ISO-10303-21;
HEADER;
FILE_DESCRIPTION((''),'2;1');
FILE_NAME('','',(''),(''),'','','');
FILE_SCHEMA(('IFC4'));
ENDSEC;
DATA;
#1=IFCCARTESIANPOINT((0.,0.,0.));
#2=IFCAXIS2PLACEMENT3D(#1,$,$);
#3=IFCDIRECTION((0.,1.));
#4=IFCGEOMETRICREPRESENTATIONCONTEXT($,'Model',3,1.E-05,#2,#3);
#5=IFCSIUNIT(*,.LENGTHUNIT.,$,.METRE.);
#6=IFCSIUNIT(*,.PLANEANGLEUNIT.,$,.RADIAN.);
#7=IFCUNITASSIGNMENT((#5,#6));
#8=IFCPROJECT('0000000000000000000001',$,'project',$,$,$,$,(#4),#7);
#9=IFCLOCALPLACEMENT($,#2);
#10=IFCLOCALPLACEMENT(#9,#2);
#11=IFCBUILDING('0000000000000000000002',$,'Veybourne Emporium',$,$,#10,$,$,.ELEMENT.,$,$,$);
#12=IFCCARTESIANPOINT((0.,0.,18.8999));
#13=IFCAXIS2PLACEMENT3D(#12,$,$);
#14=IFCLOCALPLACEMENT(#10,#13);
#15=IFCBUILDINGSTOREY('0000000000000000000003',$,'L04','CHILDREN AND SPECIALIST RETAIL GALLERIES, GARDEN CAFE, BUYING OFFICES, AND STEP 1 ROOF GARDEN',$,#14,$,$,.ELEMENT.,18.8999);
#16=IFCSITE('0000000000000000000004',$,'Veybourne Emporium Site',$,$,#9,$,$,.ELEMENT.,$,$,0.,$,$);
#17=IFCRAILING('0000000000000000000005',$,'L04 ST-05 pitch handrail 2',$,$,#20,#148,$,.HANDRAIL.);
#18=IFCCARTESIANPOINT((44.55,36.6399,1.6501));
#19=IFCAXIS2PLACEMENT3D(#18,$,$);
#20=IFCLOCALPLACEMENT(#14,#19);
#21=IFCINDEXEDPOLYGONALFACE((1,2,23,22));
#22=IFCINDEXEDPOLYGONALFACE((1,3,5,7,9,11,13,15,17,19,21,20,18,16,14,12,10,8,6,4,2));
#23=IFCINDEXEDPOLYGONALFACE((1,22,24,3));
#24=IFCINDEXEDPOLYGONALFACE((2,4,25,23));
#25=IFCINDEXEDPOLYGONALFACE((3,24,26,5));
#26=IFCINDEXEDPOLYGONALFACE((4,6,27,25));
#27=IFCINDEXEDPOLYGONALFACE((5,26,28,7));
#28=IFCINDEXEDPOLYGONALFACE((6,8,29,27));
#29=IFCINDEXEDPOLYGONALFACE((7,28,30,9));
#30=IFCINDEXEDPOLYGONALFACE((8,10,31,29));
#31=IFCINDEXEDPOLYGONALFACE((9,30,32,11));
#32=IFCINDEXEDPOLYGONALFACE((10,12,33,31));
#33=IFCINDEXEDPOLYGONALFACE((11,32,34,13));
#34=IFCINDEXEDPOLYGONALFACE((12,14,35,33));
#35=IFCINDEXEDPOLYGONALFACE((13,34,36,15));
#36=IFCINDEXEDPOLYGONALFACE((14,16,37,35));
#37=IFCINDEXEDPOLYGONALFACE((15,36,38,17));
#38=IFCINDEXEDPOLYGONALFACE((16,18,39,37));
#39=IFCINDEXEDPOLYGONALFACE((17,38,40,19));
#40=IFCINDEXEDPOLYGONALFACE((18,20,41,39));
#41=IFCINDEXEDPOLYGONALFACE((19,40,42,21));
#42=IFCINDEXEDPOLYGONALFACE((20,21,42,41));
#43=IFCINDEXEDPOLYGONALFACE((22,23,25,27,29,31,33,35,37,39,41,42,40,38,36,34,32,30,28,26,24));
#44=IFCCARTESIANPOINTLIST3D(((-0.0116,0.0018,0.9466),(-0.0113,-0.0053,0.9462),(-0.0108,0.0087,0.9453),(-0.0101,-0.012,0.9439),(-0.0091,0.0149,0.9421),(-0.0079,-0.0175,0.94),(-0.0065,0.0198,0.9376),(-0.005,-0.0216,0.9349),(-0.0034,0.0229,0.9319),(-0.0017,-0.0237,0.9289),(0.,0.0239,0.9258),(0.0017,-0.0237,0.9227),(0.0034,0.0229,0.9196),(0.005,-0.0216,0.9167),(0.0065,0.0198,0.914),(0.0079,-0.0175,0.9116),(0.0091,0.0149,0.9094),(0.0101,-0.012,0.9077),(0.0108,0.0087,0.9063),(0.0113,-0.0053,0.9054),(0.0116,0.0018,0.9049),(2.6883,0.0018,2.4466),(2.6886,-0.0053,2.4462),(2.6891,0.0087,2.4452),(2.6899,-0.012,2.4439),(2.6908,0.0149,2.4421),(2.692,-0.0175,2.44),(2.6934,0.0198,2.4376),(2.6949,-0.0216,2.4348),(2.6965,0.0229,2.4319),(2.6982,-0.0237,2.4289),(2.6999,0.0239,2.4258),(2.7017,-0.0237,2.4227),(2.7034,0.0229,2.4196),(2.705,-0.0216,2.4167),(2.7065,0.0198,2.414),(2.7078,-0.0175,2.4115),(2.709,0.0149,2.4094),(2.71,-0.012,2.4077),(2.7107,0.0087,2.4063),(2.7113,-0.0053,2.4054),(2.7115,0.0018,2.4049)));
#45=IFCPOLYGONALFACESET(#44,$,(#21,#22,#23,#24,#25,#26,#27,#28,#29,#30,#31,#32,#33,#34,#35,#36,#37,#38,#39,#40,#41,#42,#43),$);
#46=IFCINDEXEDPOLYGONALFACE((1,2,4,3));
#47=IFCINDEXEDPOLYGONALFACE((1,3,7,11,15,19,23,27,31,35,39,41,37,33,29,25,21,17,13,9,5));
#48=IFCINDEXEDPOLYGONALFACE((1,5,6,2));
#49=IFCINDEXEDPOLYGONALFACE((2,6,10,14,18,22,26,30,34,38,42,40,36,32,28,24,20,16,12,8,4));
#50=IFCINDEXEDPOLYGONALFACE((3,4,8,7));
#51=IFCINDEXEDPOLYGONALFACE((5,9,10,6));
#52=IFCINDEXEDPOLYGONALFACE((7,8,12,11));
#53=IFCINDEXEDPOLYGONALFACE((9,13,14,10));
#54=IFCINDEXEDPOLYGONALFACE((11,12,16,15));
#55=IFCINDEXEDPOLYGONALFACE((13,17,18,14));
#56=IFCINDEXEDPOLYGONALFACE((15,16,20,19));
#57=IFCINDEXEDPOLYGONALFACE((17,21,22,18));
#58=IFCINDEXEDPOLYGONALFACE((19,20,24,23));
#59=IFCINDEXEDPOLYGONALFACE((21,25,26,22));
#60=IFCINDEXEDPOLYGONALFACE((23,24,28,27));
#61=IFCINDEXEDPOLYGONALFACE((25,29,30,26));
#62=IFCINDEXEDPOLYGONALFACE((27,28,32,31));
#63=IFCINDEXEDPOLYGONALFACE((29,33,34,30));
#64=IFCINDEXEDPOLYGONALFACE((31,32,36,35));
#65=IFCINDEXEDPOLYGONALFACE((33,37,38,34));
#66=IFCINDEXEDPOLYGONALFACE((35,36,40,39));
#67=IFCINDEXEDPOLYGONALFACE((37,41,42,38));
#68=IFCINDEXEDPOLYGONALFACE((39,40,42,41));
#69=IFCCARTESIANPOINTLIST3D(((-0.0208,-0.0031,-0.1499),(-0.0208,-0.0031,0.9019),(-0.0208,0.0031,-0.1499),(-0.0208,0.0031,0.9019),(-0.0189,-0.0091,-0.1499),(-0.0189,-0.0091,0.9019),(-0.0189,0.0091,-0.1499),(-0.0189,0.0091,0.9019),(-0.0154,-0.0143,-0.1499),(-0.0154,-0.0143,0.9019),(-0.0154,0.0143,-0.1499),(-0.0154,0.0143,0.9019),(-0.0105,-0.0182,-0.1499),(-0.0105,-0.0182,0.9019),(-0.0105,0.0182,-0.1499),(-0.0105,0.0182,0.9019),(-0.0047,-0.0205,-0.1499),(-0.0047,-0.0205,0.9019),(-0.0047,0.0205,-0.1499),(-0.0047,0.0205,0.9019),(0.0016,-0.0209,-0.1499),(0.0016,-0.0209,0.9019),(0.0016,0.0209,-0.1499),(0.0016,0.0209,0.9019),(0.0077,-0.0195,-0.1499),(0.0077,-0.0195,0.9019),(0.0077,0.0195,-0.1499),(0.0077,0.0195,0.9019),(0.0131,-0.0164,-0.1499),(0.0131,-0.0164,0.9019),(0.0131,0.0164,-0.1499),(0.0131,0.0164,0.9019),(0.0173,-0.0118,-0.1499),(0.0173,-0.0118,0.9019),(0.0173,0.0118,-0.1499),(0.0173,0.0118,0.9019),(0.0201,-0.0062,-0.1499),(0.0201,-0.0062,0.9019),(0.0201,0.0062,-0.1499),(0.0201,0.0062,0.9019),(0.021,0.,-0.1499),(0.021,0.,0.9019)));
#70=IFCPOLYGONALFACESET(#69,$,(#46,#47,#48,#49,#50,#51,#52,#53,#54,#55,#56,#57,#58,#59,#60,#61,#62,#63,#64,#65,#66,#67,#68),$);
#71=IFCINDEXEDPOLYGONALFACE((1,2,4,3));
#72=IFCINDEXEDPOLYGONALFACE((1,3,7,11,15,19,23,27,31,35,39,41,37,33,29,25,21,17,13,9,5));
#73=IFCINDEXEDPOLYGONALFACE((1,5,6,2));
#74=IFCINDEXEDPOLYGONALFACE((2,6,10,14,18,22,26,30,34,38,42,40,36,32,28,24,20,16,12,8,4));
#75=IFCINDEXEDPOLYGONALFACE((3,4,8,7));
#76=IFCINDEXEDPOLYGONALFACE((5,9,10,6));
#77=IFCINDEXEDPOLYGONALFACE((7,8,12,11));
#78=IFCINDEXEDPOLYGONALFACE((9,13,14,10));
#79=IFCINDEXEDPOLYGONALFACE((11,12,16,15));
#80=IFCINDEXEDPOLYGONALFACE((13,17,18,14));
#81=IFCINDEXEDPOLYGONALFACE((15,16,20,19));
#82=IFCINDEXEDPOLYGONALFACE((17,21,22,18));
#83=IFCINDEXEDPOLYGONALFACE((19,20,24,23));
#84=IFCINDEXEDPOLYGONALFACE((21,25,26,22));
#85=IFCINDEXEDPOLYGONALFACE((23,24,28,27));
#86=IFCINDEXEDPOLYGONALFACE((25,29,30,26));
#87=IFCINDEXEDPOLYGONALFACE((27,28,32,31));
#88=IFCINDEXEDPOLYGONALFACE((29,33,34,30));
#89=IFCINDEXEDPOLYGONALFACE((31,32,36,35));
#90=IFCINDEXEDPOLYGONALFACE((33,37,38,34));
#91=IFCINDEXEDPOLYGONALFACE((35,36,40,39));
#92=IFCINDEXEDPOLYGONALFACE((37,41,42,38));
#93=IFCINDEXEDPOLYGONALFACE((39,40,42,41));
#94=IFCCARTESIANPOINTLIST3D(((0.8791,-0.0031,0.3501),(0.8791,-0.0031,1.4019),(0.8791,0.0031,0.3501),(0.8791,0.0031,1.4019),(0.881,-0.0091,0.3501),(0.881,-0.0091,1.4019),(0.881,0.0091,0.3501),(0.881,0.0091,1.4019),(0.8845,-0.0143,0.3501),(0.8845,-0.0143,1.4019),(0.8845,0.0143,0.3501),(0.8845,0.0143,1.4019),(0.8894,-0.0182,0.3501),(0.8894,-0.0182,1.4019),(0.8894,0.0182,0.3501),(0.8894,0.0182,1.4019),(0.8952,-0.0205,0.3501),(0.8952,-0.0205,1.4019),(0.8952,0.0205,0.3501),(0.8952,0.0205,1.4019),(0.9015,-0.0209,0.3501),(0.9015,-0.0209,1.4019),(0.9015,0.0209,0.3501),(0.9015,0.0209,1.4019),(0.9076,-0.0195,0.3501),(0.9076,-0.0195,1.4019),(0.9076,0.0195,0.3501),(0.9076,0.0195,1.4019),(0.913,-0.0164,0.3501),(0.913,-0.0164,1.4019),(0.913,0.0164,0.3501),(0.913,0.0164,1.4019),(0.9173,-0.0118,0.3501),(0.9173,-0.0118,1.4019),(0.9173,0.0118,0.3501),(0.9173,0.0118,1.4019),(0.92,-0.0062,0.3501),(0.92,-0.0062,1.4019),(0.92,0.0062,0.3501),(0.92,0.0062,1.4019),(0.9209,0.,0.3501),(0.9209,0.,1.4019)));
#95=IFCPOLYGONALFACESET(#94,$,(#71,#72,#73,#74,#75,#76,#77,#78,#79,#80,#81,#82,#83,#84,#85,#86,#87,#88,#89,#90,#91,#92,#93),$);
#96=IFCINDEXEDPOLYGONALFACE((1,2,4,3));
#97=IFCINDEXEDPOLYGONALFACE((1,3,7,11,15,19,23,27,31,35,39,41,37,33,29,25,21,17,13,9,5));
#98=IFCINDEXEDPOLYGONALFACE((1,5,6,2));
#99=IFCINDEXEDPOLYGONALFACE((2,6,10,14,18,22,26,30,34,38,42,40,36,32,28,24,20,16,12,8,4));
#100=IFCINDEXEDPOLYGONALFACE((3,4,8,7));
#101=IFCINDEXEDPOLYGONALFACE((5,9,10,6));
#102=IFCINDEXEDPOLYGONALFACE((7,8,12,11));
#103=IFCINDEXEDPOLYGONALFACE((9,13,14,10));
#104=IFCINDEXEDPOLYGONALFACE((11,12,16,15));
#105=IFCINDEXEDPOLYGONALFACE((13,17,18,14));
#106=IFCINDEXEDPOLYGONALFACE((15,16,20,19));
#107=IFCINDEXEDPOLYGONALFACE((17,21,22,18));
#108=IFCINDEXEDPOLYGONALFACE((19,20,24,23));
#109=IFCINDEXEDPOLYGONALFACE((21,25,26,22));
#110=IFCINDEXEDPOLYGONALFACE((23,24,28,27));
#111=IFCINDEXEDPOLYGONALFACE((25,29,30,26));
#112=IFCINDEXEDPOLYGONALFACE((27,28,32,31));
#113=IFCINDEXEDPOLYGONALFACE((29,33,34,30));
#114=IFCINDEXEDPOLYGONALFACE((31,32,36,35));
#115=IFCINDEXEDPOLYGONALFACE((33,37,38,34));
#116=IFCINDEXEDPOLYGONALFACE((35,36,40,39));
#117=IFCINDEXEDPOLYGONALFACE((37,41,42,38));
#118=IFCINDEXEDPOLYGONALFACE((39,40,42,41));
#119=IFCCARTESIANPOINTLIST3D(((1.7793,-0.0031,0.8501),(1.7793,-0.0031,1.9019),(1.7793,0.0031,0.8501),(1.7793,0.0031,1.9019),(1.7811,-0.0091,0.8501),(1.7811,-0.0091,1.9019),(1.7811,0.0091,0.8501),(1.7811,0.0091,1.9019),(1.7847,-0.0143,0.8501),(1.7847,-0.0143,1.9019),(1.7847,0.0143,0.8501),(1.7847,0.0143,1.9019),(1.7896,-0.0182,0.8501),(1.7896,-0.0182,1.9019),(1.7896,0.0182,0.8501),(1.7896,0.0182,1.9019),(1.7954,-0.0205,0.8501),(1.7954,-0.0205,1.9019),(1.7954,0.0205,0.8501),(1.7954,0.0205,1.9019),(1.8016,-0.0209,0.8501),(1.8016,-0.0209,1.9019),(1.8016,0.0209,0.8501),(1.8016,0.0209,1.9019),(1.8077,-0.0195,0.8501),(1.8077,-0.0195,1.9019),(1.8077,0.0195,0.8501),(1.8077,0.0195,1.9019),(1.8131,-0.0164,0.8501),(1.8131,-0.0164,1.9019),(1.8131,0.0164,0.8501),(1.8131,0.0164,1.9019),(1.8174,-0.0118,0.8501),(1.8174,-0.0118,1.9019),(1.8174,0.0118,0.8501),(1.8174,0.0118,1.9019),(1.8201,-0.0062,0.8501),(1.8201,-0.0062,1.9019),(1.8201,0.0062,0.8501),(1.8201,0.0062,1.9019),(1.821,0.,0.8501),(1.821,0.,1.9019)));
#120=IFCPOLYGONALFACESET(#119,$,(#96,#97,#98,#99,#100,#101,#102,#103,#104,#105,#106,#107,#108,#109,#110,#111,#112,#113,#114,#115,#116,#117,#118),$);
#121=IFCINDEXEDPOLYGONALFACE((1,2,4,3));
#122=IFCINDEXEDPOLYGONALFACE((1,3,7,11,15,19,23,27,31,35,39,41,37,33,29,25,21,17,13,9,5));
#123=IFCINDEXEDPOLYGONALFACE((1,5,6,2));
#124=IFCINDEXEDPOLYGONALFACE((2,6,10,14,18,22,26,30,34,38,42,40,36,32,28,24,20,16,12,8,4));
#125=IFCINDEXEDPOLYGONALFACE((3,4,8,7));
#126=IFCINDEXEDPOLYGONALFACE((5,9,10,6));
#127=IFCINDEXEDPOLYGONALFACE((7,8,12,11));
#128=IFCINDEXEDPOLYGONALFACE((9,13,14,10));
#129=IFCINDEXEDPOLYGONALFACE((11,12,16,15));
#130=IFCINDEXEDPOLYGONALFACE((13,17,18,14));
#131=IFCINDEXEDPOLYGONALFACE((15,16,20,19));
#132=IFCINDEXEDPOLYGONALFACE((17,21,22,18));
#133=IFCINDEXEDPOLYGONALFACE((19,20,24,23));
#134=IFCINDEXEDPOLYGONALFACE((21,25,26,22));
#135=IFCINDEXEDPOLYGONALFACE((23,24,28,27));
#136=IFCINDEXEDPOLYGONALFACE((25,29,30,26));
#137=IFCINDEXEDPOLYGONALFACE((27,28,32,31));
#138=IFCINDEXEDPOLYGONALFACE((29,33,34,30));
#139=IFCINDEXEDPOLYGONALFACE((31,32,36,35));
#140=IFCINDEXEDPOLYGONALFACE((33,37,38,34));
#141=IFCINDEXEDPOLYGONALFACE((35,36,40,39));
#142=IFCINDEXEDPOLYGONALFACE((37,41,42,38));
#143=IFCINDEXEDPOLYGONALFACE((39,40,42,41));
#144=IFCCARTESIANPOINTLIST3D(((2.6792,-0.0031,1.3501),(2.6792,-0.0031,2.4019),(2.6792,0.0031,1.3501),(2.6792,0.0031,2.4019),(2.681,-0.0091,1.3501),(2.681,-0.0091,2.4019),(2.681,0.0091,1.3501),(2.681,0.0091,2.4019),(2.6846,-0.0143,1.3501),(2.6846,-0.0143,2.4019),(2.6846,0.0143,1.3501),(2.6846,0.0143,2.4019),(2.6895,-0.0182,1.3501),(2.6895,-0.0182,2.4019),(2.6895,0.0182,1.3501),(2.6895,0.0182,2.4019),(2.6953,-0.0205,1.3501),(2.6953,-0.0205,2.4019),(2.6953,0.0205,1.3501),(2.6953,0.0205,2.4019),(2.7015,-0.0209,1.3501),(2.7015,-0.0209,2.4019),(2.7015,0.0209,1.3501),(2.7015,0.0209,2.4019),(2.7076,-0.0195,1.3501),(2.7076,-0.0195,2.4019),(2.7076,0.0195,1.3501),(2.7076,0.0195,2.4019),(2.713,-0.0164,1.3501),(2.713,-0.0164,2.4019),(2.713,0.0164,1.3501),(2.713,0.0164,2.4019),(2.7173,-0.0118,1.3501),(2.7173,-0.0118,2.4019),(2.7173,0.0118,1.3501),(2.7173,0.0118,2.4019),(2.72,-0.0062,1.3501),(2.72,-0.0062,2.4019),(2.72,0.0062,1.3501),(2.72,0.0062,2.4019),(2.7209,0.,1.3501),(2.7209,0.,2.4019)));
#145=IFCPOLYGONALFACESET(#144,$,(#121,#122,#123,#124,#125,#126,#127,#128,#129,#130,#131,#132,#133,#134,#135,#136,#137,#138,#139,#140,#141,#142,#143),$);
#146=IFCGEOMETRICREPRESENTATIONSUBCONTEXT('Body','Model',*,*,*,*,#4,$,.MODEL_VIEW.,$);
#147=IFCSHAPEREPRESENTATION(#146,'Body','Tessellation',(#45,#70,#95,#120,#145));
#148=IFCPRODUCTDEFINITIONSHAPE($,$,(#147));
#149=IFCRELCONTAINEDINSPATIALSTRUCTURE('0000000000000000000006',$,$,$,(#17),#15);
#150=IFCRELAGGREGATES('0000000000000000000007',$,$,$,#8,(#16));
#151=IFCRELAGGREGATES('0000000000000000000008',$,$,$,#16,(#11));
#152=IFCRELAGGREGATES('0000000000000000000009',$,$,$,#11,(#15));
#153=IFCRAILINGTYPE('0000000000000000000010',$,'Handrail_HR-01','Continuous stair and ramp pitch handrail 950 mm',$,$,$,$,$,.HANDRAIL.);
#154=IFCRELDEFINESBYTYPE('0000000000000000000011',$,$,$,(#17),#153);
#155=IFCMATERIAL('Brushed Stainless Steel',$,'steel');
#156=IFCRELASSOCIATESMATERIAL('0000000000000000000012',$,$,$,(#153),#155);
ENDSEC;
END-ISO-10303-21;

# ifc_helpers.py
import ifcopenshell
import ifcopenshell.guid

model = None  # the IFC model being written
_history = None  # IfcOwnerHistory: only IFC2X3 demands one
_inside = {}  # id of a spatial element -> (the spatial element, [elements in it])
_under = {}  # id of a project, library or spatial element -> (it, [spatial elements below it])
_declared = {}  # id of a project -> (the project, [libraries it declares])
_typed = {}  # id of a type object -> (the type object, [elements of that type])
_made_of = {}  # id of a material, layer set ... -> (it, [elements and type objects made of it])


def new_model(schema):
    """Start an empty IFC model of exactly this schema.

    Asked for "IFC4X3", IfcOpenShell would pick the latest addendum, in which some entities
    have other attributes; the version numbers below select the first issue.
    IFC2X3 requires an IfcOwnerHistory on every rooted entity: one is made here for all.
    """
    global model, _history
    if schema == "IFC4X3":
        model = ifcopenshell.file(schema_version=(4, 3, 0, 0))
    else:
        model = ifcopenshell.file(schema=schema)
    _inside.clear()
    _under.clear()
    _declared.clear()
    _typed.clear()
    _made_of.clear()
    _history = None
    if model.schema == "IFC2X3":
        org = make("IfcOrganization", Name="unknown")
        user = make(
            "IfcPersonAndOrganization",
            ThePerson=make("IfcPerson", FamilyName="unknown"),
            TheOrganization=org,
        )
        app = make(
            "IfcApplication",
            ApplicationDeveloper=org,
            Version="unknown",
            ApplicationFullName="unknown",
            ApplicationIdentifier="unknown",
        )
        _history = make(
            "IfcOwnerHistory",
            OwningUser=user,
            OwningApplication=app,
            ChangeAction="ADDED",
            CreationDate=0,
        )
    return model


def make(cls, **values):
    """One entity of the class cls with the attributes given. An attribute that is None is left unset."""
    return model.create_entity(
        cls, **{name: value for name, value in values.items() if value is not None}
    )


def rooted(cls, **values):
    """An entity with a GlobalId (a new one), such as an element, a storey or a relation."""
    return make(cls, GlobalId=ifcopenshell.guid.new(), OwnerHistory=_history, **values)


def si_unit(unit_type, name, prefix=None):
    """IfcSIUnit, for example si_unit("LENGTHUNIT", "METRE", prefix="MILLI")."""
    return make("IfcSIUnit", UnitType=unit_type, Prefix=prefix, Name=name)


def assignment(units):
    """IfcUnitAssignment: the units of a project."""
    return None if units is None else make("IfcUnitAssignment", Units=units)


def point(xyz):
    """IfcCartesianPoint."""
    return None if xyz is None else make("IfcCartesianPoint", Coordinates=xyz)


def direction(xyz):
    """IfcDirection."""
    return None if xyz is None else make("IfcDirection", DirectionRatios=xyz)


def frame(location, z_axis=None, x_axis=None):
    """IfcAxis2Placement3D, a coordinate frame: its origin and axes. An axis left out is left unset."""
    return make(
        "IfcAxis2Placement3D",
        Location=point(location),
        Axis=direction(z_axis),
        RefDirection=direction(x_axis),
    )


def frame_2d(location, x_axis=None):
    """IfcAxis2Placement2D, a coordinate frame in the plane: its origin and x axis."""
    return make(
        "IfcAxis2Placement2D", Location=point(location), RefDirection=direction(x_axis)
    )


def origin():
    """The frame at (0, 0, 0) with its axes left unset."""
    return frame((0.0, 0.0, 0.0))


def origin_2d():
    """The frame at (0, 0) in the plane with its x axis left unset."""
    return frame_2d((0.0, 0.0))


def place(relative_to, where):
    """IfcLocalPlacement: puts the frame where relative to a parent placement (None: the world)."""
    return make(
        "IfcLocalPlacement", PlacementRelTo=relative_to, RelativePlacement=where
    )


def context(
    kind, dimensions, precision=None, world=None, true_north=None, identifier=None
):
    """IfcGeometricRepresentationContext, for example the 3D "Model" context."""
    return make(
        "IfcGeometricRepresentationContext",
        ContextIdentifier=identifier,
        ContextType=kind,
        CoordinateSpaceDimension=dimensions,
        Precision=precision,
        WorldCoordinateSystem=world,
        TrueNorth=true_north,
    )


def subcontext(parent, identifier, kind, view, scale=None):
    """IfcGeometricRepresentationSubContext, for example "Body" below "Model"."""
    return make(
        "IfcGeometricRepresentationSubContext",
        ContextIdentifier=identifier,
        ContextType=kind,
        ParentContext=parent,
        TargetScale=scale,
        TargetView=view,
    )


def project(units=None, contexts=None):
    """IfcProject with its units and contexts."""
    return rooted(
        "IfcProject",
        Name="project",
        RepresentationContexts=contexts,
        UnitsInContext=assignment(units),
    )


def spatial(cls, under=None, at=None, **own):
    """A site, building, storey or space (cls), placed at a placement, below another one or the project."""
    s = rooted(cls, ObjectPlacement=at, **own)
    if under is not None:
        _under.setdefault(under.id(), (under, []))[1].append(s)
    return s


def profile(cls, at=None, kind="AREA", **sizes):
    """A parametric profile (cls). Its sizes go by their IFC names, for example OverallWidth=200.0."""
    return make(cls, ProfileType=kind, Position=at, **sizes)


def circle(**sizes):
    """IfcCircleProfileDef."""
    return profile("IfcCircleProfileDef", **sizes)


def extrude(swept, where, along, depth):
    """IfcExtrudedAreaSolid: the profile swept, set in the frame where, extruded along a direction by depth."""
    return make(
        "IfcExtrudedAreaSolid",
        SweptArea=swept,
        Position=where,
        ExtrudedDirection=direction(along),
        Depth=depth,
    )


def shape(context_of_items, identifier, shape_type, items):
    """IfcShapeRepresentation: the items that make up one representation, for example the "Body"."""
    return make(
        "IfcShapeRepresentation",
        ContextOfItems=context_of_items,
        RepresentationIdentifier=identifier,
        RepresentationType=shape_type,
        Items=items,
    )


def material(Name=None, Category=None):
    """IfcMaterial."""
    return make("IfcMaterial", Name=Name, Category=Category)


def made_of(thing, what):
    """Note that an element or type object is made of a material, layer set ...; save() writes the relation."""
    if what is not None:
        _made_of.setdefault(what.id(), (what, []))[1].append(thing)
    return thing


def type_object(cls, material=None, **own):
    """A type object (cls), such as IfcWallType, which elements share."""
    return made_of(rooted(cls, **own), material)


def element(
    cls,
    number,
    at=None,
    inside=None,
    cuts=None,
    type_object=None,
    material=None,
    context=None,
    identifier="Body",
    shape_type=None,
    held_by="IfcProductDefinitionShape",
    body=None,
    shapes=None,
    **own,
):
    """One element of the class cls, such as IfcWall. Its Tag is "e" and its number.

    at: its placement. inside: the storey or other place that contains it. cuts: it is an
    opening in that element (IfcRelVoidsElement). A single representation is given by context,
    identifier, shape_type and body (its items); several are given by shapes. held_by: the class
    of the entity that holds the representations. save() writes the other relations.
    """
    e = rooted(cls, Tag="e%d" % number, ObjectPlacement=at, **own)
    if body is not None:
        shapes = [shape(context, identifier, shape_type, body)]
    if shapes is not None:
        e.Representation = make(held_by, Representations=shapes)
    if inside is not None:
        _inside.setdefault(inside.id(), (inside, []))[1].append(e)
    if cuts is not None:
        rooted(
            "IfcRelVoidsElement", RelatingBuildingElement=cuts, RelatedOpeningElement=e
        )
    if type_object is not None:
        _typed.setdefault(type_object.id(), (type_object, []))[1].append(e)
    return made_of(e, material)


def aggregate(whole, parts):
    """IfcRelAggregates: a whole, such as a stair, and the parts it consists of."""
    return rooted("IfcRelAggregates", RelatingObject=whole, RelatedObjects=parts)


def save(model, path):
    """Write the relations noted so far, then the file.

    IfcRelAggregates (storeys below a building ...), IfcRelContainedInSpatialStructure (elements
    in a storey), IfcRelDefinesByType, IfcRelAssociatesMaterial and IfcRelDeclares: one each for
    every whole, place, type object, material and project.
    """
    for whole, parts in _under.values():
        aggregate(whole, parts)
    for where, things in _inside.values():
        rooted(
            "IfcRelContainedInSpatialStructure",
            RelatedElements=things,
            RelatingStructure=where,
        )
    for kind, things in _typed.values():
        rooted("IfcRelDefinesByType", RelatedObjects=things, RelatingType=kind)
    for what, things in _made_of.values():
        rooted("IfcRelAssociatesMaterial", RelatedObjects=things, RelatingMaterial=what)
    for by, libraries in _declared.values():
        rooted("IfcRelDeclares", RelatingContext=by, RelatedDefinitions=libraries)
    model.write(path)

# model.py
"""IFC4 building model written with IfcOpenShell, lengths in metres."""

from ifc_helpers import new_model, si_unit, direction, frame, origin, origin_2d, place, context, subcontext, project, spatial, circle, extrude, material, type_object, element, save


model = new_model("IFC4")

# Units and contexts
model_context = context("Model", 3, precision=1e-05, world=origin(), true_north=direction((0.0, 1.0)))
body_context = subcontext(model_context, "Body", "Model", "MODEL_VIEW")
ifc_project = project(units=[si_unit("LENGTHUNIT", "METRE"), si_unit("PLANEANGLEUNIT", "RADIAN")], contexts=[model_context])

# Site, building, storey
site_placement = place(None, origin())
site = spatial("IfcSite", under=ifc_project, at=site_placement, Name="Veybourne Emporium Site", CompositionType="ELEMENT", RefElevation=0.0)
building_placement = place(site_placement, origin())
building = spatial("IfcBuilding", under=site, at=building_placement, Name="Veybourne Emporium", CompositionType="ELEMENT")
storey_placement = place(building_placement, frame((0.0, 0.0, 18.8999)))
storey = spatial("IfcBuildingStorey", under=building, at=storey_placement, Name="L04", Description="CHILDREN AND SPECIALIST RETAIL GALLERIES, GARDEN CAFE, BUYING OFFICES, AND STEP 1 ROOF GARDEN", CompositionType="ELEMENT", Elevation=18.8999)

# Railing
ifc_material_1 = material(Name="Brushed Stainless Steel", Category="steel")
railing_type = type_object("IfcRailingType", Name="Handrail_HR-01", Description="Continuous stair and ramp pitch handrail 950 mm", PredefinedType="HANDRAIL", material=ifc_material_1)
railing_placement = place(storey_placement, frame((44.55, 36.6399, 1.6501)))
element("IfcRailing", 1, at=railing_placement, inside=storey, type_object=railing_type, Name="L04 ST-05 pitch handrail 2", PredefinedType="HANDRAIL", context=body_context, shape_type="SweptSolid", body=[
    extrude(circle(Radius=0.0239, at=origin_2d()), frame((0.0, 0.0, 0.9258), z_axis=(0.874154, 0.0, 0.48565), x_axis=(0.0, 1.0, 0.0)), (0.0, 0.0, 1.0), 3.0886),
    extrude(circle(Radius=0.021, at=origin_2d()), frame((0.0, 0.0, -0.1499)), (0.0, 0.0, 1.0), 1.0518),
    extrude(circle(Radius=0.021, at=origin_2d()), frame((0.8999, 0.0, 0.3501)), (0.0, 0.0, 1.0), 1.0518),
    extrude(circle(Radius=0.021, at=origin_2d()), frame((1.8, 0.0, 0.8501)), (0.0, 0.0, 1.0), 1.0518),
    extrude(circle(Radius=0.021, at=origin_2d()), frame((2.7, 0.0, 1.3501)), (0.0, 0.0, 1.0), 1.0518),
])

save(model, "model.ifc")
